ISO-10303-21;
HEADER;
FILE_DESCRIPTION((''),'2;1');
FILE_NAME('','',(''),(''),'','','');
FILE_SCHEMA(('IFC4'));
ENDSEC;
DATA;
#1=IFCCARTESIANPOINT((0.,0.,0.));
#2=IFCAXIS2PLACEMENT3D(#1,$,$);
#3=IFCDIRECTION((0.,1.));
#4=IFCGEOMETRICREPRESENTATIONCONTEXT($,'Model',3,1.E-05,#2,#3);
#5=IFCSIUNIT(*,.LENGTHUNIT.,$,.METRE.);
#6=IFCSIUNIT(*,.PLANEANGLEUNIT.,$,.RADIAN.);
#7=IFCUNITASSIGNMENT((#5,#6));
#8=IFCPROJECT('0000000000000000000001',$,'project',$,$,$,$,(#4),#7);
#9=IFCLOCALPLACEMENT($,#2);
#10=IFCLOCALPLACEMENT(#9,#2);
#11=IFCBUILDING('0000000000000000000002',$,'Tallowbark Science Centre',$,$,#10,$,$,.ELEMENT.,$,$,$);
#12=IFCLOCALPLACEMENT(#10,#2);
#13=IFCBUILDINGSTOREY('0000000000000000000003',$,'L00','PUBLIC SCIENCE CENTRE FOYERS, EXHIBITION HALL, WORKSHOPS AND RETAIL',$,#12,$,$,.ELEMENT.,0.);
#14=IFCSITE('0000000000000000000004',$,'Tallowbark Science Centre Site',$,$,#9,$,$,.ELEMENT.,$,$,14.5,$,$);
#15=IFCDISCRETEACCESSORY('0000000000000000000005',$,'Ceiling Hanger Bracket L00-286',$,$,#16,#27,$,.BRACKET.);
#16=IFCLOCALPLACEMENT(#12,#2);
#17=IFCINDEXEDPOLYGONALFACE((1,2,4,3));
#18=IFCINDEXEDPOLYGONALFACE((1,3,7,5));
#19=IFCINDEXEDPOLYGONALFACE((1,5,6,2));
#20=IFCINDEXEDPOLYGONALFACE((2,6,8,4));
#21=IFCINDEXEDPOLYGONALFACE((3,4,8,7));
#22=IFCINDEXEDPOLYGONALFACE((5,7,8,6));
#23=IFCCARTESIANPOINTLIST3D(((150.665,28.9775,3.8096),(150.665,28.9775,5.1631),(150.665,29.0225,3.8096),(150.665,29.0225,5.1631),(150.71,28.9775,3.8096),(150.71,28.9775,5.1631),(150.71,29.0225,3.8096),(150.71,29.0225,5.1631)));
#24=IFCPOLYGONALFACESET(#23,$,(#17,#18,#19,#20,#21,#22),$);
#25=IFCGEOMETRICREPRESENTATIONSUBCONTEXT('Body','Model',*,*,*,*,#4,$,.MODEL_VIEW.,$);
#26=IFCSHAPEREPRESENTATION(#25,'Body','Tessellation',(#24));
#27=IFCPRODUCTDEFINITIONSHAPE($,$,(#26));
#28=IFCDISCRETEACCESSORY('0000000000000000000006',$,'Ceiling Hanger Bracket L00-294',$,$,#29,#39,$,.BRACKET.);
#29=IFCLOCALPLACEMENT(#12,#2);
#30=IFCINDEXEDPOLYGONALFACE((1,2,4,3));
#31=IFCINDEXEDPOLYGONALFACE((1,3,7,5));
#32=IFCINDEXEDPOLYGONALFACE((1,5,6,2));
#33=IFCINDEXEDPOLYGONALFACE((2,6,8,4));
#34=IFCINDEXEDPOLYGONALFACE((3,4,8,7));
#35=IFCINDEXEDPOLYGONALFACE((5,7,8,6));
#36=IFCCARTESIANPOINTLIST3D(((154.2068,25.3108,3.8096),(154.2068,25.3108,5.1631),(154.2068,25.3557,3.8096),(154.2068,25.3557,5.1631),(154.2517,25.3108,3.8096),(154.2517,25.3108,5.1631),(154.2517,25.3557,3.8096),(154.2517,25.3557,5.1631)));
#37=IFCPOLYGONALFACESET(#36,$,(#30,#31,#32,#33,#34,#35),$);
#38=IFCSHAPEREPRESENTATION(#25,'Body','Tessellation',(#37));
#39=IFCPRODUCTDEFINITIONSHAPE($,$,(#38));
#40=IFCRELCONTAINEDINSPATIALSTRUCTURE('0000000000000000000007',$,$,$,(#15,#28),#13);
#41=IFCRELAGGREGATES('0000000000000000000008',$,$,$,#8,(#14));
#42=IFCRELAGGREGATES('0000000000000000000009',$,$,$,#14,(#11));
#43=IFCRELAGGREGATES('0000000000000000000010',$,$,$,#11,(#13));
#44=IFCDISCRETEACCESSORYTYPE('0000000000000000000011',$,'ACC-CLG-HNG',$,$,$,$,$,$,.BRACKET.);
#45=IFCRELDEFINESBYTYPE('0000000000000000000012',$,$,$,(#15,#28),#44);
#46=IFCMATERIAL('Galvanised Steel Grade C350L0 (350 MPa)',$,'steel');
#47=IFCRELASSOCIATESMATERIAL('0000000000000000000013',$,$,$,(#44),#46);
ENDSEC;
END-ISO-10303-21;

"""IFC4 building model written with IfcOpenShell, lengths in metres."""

from ifc_helpers import new_model, si_unit, direction, frame, origin, origin_2d, place, context, subcontext, project, spatial, rectangle, extrude, material, type_object, element, save


model = new_model("IFC4")

# Units and contexts
model_context = context("Model", 3, precision=1e-05, world=origin(), true_north=direction((0.0, 1.0)))
body_context = subcontext(model_context, "Body", "Model", "MODEL_VIEW")
ifc_project = project(units=[si_unit("LENGTHUNIT", "METRE"), si_unit("PLANEANGLEUNIT", "RADIAN")], contexts=[model_context])

# Site, building, storey
site_placement = place(None, origin())
site = spatial("IfcSite", under=ifc_project, at=site_placement, Name="Tallowbark Science Centre Site", CompositionType="ELEMENT", RefElevation=14.5)
building_placement = place(site_placement, origin())
building = spatial("IfcBuilding", under=site, at=building_placement, Name="Tallowbark Science Centre", CompositionType="ELEMENT")
storey_placement = place(building_placement, origin())
storey = spatial("IfcBuildingStorey", under=building, at=storey_placement, Name="L00", Description="PUBLIC SCIENCE CENTRE FOYERS, EXHIBITION HALL, WORKSHOPS AND RETAIL", CompositionType="ELEMENT", Elevation=0.0)

# Discrete accessories
ifc_material_1 = material(Name="Galvanised Steel Grade C350L0 (350 MPa)", Category="steel")
discrete_accessory_type = type_object("IfcDiscreteAccessoryType", Name="ACC-CLG-HNG", PredefinedType="BRACKET", material=ifc_material_1)
for number, where, z_axis, x_axis, name in (
    (1, (150.6875, 29.0, 3.8096), (0.0, 0.0, 1.0), (1.0, 0.0, 0.0), "Ceiling Hanger Bracket L00-286"),
    (2, (154.2292, 25.3333, 3.8096), (0.0, 0.0, 1.0), (1.0, 0.0, 0.0), "Ceiling Hanger Bracket L00-294"),
):
    element("IfcDiscreteAccessory", number, at=place(storey_placement, frame(where, z_axis=z_axis, x_axis=x_axis)), inside=storey, type_object=discrete_accessory_type, Name=name, PredefinedType="BRACKET", context=body_context, shape_type="SweptSolid", body=[
        extrude(rectangle(XDim=0.0449, YDim=0.0449, at=origin_2d()), origin(), (0.0, 0.0, 1.0), 1.3535),
    ])

save(model, "model.ifc")
